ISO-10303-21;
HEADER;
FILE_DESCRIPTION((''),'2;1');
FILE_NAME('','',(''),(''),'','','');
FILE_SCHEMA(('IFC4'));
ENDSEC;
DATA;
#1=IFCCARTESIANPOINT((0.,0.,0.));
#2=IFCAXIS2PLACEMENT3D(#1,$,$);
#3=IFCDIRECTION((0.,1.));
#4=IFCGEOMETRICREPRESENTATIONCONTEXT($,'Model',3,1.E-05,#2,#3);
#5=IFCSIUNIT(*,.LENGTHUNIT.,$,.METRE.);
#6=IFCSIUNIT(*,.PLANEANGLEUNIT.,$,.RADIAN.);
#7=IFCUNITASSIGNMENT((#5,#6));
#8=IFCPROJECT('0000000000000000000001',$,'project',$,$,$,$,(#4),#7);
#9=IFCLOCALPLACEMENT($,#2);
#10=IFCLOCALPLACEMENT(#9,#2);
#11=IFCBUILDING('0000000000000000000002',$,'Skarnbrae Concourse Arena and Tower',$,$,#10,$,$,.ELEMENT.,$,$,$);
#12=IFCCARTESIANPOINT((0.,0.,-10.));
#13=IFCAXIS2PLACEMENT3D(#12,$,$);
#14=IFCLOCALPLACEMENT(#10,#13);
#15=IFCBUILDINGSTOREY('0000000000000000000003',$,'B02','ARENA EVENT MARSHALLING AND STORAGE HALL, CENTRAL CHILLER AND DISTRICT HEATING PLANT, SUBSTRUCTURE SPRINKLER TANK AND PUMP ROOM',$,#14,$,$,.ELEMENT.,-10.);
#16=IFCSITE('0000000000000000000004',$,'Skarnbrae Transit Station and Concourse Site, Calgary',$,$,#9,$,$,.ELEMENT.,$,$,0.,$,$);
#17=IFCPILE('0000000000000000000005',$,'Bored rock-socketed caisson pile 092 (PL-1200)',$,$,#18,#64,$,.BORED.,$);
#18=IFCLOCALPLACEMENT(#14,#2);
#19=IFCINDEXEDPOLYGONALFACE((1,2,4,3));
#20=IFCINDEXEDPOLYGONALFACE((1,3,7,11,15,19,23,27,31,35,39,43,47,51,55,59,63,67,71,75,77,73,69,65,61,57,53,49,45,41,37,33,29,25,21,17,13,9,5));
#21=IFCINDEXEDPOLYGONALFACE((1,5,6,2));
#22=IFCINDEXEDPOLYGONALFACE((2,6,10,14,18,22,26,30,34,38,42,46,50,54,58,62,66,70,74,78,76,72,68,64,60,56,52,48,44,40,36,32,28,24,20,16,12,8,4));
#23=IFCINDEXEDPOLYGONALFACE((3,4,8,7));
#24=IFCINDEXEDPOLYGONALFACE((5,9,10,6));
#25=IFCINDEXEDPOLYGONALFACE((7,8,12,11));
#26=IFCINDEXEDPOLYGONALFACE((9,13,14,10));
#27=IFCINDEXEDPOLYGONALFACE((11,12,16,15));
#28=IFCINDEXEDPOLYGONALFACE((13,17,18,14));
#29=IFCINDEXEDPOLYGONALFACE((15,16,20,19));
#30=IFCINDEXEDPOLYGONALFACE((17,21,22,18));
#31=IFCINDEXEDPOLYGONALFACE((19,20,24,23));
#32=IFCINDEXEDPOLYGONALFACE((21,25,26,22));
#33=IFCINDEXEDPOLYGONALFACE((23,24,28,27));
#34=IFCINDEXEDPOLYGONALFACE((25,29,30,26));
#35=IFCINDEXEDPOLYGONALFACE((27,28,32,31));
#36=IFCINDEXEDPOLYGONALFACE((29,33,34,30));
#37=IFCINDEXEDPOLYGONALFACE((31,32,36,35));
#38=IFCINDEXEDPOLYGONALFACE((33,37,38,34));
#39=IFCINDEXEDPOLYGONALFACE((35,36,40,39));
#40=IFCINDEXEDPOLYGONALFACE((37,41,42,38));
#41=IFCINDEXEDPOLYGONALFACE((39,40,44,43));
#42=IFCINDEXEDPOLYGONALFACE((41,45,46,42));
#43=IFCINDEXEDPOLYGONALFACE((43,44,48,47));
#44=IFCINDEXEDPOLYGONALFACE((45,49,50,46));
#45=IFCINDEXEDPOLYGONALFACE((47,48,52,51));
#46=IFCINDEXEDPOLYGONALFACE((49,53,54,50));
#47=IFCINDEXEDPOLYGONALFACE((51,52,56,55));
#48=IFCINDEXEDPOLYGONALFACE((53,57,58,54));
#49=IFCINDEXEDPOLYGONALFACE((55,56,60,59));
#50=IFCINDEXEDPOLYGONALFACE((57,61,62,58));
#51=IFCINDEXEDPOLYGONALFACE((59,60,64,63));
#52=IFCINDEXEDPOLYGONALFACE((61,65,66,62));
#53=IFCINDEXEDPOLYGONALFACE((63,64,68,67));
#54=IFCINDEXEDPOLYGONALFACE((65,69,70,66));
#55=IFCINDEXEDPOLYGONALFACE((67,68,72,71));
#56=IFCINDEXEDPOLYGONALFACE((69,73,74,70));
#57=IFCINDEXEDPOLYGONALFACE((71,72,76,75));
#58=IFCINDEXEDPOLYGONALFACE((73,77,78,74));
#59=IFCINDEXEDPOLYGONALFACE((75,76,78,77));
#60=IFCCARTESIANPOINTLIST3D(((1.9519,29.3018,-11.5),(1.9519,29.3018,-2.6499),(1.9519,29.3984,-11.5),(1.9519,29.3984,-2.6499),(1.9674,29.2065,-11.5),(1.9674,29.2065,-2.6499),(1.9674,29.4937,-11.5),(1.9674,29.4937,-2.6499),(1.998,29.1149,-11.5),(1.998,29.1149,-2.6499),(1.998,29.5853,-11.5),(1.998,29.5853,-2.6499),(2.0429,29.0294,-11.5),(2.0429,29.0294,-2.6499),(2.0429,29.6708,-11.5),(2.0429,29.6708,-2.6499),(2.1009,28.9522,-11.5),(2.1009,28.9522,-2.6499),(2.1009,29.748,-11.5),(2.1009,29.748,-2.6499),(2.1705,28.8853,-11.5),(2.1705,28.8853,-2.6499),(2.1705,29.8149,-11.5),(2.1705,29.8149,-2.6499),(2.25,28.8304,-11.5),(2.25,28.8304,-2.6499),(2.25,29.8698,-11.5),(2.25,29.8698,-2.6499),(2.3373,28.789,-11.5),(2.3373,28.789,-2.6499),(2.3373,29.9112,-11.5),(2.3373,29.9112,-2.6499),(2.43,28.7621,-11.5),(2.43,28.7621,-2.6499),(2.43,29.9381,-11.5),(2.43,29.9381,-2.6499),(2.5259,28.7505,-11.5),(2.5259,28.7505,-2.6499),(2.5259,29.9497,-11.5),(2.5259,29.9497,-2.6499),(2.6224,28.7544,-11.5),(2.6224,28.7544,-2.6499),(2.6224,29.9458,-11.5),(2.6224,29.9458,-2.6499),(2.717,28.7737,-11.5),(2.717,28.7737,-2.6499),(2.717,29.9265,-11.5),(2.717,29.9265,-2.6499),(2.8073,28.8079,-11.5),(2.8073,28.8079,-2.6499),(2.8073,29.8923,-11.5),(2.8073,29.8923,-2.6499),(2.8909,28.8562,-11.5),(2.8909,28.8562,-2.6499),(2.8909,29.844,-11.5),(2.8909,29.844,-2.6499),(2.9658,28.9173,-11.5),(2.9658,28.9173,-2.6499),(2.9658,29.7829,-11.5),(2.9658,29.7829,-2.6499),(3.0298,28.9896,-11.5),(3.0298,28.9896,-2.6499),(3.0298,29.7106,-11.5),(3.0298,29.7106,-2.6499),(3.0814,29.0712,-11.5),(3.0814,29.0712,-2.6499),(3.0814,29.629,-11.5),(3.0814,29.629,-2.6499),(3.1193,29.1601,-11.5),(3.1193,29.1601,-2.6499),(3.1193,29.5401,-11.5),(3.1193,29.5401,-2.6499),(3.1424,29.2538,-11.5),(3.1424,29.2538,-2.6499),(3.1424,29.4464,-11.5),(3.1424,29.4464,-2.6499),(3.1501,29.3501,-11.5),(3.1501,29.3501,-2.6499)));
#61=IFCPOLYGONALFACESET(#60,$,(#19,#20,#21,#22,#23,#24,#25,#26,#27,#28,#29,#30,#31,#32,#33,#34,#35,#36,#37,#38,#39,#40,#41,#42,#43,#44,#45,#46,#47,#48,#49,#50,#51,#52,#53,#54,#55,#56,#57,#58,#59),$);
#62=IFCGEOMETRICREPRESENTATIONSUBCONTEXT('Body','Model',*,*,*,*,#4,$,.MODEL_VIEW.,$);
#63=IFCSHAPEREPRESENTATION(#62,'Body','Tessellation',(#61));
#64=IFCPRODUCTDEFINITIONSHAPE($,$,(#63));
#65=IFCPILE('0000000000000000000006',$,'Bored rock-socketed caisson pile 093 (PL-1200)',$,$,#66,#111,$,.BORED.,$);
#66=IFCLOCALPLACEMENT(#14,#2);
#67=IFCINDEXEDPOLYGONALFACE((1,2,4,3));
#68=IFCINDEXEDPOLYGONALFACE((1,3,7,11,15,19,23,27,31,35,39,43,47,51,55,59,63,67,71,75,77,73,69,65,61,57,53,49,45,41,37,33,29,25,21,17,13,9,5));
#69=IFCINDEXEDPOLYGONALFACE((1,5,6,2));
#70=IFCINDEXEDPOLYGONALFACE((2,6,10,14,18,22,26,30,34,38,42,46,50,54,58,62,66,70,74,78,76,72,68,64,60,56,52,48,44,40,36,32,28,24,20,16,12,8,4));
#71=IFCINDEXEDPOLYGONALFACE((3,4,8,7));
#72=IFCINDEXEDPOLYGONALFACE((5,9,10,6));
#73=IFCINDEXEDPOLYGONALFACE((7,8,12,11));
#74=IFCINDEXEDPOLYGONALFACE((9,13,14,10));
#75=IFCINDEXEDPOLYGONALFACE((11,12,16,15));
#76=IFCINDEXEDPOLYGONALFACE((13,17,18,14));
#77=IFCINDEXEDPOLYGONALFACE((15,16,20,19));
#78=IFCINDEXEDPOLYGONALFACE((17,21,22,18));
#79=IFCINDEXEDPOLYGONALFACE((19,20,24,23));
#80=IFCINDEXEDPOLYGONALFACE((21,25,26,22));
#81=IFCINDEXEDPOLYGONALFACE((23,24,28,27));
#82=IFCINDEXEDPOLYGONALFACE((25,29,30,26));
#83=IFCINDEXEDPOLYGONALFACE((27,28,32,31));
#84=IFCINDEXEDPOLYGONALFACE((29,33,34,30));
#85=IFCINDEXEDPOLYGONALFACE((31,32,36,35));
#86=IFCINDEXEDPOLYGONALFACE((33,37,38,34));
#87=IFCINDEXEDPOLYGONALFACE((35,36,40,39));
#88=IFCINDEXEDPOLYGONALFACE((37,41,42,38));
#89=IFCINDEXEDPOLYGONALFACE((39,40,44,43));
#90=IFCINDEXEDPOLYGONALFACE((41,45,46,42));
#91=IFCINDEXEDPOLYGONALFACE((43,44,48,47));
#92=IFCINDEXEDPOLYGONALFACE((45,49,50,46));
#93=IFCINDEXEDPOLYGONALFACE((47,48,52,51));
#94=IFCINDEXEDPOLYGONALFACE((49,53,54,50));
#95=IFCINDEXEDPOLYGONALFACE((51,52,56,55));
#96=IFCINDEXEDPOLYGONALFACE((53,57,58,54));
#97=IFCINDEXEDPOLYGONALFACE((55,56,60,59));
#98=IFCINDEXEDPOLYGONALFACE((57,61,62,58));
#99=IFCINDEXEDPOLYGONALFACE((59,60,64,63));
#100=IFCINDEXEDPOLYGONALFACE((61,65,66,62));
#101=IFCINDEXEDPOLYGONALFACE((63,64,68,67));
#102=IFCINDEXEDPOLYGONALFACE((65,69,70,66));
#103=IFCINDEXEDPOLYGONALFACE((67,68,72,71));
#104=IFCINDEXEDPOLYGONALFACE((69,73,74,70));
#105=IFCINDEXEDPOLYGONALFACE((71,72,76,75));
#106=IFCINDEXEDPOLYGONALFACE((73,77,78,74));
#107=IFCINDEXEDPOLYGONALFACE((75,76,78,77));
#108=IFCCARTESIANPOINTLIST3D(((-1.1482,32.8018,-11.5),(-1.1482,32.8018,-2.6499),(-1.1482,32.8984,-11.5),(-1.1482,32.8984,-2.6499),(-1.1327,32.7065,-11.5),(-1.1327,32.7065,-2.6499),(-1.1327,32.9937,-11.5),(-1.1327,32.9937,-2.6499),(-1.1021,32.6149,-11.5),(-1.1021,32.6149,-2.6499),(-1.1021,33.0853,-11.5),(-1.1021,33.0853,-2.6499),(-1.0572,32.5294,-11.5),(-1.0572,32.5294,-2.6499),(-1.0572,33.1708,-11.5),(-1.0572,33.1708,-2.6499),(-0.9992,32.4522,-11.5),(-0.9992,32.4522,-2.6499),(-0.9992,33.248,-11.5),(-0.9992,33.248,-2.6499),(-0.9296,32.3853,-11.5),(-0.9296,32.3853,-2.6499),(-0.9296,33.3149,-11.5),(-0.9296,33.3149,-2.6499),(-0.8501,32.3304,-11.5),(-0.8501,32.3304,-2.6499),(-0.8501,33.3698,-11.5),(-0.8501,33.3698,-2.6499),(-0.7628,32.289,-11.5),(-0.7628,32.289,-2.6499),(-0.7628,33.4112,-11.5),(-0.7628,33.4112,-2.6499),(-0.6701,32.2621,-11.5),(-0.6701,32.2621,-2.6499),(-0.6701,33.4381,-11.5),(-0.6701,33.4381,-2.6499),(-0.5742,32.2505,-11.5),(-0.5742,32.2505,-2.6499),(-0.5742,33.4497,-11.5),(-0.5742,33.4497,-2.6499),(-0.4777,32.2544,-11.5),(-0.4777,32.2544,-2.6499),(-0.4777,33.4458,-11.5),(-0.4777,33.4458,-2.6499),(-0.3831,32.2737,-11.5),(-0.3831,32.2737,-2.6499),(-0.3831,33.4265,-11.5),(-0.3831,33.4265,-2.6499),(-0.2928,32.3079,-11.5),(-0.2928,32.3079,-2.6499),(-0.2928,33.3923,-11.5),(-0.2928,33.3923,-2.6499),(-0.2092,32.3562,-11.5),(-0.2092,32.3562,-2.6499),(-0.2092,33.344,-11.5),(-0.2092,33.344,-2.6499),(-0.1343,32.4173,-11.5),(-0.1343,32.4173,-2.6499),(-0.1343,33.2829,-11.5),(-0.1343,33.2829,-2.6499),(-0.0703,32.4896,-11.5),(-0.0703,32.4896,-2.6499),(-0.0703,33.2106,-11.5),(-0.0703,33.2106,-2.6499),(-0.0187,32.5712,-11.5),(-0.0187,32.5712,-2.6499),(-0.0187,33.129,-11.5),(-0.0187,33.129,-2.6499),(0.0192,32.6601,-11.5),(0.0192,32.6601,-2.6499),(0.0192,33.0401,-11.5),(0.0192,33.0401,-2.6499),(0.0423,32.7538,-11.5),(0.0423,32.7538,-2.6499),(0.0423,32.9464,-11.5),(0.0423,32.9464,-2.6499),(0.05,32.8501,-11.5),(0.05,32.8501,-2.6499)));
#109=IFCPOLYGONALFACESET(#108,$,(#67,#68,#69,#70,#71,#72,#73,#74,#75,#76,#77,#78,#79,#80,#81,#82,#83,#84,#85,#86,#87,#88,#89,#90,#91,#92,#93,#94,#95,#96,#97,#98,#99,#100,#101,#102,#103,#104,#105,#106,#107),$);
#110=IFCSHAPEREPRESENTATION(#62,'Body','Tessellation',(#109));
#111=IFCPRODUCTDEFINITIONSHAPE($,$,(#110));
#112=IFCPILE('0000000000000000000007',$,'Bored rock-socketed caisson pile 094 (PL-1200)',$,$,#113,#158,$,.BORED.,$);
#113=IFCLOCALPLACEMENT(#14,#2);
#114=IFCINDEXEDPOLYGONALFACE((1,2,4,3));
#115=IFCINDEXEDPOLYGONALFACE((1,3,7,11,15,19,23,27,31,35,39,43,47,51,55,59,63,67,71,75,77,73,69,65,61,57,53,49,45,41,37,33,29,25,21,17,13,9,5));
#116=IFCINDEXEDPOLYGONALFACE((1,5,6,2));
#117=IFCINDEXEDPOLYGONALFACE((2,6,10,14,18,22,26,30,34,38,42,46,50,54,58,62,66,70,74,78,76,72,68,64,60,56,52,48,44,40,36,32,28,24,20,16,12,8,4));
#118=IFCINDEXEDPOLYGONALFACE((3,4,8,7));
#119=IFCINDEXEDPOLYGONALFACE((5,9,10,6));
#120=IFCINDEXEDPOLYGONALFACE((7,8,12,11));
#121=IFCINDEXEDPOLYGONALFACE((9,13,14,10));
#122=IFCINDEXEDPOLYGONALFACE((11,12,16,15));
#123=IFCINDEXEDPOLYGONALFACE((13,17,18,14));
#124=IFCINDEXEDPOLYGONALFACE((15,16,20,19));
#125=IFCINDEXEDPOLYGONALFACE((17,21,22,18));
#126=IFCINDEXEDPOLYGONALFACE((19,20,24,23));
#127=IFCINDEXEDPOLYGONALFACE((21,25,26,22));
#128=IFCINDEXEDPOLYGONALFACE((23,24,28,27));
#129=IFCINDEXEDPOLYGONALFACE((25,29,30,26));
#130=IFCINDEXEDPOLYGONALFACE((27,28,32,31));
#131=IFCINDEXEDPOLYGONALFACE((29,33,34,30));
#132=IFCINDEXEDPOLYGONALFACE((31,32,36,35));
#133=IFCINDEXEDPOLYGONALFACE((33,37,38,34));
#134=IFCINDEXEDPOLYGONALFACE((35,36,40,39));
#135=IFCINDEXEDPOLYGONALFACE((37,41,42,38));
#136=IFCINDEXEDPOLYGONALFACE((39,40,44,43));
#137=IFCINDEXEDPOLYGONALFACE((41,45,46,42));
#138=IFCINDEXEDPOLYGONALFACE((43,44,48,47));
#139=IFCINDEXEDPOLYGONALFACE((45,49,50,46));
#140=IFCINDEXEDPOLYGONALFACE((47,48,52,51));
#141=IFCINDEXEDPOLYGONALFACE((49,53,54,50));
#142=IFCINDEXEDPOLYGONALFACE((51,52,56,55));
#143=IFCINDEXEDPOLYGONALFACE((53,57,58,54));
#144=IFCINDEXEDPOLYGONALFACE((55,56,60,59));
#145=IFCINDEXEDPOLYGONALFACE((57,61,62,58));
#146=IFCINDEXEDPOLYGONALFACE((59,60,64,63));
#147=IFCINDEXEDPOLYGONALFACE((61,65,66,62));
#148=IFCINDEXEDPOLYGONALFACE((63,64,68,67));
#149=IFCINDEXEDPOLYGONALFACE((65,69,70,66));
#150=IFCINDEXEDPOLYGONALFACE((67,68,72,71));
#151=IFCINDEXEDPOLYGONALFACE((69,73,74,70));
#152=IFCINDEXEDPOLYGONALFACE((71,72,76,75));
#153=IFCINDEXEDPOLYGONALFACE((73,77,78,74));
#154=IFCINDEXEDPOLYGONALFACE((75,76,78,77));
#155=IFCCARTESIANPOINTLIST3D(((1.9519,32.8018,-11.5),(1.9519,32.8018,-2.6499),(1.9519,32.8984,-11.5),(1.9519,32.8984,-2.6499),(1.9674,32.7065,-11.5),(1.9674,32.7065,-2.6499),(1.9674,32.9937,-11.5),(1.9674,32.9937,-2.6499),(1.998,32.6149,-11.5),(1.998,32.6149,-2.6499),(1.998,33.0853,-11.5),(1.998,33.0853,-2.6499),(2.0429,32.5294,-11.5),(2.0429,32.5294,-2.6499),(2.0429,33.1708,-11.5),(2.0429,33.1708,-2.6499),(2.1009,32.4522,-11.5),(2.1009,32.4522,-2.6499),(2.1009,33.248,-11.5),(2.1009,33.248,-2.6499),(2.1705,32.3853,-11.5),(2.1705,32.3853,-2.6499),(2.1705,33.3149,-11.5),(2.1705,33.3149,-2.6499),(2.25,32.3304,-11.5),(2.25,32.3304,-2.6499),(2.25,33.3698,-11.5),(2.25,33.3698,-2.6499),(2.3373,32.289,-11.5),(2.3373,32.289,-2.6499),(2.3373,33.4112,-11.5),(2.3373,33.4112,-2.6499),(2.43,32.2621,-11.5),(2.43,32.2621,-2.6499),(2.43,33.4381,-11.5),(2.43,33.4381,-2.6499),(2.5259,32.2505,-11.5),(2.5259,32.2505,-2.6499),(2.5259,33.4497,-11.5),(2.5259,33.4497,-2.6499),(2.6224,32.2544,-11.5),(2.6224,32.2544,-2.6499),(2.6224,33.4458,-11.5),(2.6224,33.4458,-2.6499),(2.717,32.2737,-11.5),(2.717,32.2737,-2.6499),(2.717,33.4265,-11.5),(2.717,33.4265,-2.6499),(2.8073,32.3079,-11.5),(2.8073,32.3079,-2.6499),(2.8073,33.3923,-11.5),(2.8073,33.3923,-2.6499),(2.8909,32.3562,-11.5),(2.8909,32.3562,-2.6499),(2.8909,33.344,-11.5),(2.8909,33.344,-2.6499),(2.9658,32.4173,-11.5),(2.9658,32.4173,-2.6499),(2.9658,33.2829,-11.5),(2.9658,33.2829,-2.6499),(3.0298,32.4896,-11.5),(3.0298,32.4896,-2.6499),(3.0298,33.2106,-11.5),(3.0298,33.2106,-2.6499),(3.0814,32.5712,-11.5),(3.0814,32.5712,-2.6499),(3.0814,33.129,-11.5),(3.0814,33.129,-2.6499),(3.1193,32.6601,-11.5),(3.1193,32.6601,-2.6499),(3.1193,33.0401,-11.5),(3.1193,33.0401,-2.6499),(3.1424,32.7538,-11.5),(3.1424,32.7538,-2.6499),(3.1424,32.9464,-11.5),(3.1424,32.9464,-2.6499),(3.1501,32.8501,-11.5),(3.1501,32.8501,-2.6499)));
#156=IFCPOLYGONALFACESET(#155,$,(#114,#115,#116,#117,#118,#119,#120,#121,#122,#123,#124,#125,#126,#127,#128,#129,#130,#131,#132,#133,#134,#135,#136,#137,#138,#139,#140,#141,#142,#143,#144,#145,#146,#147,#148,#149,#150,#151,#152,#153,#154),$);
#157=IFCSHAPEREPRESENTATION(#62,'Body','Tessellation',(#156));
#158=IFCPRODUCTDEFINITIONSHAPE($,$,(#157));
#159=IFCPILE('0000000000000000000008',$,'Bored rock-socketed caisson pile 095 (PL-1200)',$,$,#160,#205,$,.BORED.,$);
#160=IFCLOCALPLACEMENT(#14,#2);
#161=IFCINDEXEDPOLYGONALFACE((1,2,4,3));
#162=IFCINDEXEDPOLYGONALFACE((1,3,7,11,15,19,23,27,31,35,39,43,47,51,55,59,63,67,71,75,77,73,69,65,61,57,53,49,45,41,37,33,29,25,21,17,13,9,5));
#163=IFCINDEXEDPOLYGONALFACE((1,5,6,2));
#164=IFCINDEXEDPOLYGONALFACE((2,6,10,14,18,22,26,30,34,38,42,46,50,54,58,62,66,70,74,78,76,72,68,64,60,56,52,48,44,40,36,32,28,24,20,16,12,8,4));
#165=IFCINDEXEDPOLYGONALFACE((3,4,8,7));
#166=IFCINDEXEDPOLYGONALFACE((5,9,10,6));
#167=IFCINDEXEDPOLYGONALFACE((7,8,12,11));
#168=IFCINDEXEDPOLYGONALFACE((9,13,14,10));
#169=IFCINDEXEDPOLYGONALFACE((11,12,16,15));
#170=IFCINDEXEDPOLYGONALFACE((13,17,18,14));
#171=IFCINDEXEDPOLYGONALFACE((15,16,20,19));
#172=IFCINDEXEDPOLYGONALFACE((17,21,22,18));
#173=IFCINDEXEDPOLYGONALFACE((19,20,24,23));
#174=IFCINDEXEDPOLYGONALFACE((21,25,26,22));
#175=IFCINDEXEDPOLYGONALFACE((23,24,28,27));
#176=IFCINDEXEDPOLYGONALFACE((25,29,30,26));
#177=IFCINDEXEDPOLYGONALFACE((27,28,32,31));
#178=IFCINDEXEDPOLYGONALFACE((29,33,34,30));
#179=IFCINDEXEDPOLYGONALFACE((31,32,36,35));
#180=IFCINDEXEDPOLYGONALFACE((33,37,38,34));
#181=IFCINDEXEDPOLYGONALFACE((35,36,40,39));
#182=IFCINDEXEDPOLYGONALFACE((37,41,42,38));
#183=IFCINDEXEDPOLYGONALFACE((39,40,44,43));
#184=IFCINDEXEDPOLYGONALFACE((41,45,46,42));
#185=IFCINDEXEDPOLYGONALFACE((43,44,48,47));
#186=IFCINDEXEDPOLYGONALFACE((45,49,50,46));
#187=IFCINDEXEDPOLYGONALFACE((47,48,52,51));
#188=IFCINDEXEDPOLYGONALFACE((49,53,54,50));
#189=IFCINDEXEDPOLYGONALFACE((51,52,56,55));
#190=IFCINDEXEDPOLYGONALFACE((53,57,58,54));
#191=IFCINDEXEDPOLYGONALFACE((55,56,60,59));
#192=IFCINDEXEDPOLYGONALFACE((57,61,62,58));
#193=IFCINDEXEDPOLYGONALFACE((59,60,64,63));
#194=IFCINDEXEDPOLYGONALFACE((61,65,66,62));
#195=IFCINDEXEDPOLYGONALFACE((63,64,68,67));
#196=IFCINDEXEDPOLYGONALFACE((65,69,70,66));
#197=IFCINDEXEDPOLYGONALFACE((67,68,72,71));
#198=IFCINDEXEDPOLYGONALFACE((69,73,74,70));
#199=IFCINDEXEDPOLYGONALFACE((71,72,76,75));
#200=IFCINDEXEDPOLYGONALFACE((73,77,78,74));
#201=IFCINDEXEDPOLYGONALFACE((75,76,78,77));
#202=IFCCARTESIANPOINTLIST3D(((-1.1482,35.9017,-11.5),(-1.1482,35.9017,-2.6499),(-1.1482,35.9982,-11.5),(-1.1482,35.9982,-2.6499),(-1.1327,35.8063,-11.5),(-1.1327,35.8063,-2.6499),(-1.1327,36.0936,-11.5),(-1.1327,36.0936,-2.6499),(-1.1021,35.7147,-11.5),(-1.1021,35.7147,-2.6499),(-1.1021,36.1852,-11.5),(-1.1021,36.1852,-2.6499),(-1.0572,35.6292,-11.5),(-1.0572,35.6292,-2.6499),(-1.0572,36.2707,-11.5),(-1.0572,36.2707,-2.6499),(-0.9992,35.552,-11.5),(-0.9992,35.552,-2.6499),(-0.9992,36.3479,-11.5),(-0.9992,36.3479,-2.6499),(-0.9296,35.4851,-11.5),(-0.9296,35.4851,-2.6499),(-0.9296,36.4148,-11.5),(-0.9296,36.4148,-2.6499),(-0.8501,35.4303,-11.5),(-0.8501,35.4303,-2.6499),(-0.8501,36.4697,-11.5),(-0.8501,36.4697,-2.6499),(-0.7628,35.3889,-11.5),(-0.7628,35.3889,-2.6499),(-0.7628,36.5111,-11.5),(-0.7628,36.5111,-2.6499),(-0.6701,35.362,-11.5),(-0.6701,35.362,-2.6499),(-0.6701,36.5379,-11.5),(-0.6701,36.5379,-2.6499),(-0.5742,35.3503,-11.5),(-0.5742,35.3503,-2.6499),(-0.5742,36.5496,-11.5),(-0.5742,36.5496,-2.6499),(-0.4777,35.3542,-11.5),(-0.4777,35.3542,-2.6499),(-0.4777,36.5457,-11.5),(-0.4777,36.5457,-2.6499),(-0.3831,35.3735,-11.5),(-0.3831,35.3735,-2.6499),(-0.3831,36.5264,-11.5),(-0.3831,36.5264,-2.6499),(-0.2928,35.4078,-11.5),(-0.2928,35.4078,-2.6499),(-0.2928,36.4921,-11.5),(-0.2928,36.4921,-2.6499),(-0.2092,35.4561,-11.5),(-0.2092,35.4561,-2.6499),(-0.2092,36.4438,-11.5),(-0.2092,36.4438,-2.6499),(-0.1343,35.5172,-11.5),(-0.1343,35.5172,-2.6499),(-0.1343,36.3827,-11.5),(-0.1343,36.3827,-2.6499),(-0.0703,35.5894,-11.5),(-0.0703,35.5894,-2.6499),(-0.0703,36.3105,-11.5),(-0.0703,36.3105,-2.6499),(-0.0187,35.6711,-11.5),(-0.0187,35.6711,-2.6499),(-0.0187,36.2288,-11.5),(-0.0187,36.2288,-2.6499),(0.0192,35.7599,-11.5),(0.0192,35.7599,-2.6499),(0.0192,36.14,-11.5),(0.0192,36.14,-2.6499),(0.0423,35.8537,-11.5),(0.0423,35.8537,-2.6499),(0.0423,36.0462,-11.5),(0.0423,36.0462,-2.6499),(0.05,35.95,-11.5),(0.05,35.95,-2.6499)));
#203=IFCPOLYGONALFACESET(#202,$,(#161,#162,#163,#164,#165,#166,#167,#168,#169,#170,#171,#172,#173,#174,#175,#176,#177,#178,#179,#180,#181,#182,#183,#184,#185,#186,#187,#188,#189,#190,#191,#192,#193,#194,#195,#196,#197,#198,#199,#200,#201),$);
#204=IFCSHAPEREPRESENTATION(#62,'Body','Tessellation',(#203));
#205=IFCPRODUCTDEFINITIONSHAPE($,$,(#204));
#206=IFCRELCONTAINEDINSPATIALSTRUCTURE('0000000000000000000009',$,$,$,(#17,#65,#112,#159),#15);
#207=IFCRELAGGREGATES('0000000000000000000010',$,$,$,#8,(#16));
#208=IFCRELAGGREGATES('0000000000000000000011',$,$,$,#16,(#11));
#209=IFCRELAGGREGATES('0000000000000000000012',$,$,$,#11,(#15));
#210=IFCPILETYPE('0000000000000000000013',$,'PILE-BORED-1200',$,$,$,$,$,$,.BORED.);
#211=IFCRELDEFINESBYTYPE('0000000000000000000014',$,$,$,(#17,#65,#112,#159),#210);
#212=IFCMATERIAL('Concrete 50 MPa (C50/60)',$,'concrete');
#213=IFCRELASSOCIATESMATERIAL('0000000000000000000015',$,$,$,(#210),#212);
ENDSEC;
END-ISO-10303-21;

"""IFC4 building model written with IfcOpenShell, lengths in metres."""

from ifc_helpers import new_model, si_unit, direction, frame, origin, origin_2d, place, context, subcontext, project, spatial, circle, extrude, source, transform, mapped, material, material_profile, profile_set, type_object, element, save


model = new_model("IFC4")

# Units and contexts
model_context = context("Model", 3, precision=1e-05, world=origin(), true_north=direction((0.0, 1.0)))
body_context = subcontext(model_context, "Body", "Model", "MODEL_VIEW")
ifc_project = project(units=[si_unit("LENGTHUNIT", "METRE"), si_unit("PLANEANGLEUNIT", "RADIAN")], contexts=[model_context])

# Site, building, storey
site_placement = place(None, origin())
site = spatial("IfcSite", under=ifc_project, at=site_placement, Name="Skarnbrae Transit Station and Concourse Site, Calgary", CompositionType="ELEMENT", RefElevation=0.0)
building_placement = place(site_placement, origin())
building = spatial("IfcBuilding", under=site, at=building_placement, Name="Skarnbrae Concourse Arena and Tower", CompositionType="ELEMENT")
storey_placement = place(building_placement, frame((0.0, 0.0, -10.0)))
storey = spatial("IfcBuildingStorey", under=building, at=storey_placement, Name="B02", Description="ARENA EVENT MARSHALLING AND STORAGE HALL, CENTRAL CHILLER AND DISTRICT HEATING PLANT, SUBSTRUCTURE SPRINKLER TANK AND PUMP ROOM", CompositionType="ELEMENT", Elevation=-10.0)

# Shared definitions
ifc_material_1 = material(Name="Concrete 50 MPa (C50/60)", Category="concrete")

# Piles
ifc_material_profile_1 = material_profile(ifc_material_1, circle(Radius=0.6001, at=origin_2d()), Name="CAISSON-1200")
ifc_profile_set_1 = profile_set([ifc_material_profile_1], Name="Concrete 50 MPa (C50/60)")
pile_type = type_object("IfcPileType", Name="PILE-BORED-1200", PredefinedType="BORED", material=ifc_profile_set_1)
shared_shape_1 = source(origin(), body_context, "Body", "SweptSolid", [
    extrude(circle(Radius=0.6001, at=origin_2d()), origin(), (0.0, 0.0, 1.0), 8.8501),
])
for number, where, z_axis, x_axis, name in (
    (1, (2.55, 29.3501, -2.6499), (0.0, 0.0, -1.0), (1.0, 0.0, 0.0), "Bored rock-socketed caisson pile 092 (PL-1200)"),
    (2, (-0.55, 32.8501, -2.6499), (0.0, 0.0, -1.0), (1.0, 0.0, 0.0), "Bored rock-socketed caisson pile 093 (PL-1200)"),
    (3, (2.55, 32.8501, -2.6499), (0.0, 0.0, -1.0), (1.0, 0.0, 0.0), "Bored rock-socketed caisson pile 094 (PL-1200)"),
    (4, (-0.55, 35.95, -2.6499), (0.0, 0.0, -1.0), (1.0, 0.0, 0.0), "Bored rock-socketed caisson pile 095 (PL-1200)"),
):
    element("IfcPile", number, at=place(storey_placement, frame(where, z_axis=z_axis, x_axis=x_axis)), inside=storey, type_object=pile_type, Name=name, PredefinedType="BORED", context=body_context, shape_type="MappedRepresentation", body=[
        mapped(shared_shape_1, transform((0.0, 0.0, 0.0))),
    ])

save(model, "model.ifc")
